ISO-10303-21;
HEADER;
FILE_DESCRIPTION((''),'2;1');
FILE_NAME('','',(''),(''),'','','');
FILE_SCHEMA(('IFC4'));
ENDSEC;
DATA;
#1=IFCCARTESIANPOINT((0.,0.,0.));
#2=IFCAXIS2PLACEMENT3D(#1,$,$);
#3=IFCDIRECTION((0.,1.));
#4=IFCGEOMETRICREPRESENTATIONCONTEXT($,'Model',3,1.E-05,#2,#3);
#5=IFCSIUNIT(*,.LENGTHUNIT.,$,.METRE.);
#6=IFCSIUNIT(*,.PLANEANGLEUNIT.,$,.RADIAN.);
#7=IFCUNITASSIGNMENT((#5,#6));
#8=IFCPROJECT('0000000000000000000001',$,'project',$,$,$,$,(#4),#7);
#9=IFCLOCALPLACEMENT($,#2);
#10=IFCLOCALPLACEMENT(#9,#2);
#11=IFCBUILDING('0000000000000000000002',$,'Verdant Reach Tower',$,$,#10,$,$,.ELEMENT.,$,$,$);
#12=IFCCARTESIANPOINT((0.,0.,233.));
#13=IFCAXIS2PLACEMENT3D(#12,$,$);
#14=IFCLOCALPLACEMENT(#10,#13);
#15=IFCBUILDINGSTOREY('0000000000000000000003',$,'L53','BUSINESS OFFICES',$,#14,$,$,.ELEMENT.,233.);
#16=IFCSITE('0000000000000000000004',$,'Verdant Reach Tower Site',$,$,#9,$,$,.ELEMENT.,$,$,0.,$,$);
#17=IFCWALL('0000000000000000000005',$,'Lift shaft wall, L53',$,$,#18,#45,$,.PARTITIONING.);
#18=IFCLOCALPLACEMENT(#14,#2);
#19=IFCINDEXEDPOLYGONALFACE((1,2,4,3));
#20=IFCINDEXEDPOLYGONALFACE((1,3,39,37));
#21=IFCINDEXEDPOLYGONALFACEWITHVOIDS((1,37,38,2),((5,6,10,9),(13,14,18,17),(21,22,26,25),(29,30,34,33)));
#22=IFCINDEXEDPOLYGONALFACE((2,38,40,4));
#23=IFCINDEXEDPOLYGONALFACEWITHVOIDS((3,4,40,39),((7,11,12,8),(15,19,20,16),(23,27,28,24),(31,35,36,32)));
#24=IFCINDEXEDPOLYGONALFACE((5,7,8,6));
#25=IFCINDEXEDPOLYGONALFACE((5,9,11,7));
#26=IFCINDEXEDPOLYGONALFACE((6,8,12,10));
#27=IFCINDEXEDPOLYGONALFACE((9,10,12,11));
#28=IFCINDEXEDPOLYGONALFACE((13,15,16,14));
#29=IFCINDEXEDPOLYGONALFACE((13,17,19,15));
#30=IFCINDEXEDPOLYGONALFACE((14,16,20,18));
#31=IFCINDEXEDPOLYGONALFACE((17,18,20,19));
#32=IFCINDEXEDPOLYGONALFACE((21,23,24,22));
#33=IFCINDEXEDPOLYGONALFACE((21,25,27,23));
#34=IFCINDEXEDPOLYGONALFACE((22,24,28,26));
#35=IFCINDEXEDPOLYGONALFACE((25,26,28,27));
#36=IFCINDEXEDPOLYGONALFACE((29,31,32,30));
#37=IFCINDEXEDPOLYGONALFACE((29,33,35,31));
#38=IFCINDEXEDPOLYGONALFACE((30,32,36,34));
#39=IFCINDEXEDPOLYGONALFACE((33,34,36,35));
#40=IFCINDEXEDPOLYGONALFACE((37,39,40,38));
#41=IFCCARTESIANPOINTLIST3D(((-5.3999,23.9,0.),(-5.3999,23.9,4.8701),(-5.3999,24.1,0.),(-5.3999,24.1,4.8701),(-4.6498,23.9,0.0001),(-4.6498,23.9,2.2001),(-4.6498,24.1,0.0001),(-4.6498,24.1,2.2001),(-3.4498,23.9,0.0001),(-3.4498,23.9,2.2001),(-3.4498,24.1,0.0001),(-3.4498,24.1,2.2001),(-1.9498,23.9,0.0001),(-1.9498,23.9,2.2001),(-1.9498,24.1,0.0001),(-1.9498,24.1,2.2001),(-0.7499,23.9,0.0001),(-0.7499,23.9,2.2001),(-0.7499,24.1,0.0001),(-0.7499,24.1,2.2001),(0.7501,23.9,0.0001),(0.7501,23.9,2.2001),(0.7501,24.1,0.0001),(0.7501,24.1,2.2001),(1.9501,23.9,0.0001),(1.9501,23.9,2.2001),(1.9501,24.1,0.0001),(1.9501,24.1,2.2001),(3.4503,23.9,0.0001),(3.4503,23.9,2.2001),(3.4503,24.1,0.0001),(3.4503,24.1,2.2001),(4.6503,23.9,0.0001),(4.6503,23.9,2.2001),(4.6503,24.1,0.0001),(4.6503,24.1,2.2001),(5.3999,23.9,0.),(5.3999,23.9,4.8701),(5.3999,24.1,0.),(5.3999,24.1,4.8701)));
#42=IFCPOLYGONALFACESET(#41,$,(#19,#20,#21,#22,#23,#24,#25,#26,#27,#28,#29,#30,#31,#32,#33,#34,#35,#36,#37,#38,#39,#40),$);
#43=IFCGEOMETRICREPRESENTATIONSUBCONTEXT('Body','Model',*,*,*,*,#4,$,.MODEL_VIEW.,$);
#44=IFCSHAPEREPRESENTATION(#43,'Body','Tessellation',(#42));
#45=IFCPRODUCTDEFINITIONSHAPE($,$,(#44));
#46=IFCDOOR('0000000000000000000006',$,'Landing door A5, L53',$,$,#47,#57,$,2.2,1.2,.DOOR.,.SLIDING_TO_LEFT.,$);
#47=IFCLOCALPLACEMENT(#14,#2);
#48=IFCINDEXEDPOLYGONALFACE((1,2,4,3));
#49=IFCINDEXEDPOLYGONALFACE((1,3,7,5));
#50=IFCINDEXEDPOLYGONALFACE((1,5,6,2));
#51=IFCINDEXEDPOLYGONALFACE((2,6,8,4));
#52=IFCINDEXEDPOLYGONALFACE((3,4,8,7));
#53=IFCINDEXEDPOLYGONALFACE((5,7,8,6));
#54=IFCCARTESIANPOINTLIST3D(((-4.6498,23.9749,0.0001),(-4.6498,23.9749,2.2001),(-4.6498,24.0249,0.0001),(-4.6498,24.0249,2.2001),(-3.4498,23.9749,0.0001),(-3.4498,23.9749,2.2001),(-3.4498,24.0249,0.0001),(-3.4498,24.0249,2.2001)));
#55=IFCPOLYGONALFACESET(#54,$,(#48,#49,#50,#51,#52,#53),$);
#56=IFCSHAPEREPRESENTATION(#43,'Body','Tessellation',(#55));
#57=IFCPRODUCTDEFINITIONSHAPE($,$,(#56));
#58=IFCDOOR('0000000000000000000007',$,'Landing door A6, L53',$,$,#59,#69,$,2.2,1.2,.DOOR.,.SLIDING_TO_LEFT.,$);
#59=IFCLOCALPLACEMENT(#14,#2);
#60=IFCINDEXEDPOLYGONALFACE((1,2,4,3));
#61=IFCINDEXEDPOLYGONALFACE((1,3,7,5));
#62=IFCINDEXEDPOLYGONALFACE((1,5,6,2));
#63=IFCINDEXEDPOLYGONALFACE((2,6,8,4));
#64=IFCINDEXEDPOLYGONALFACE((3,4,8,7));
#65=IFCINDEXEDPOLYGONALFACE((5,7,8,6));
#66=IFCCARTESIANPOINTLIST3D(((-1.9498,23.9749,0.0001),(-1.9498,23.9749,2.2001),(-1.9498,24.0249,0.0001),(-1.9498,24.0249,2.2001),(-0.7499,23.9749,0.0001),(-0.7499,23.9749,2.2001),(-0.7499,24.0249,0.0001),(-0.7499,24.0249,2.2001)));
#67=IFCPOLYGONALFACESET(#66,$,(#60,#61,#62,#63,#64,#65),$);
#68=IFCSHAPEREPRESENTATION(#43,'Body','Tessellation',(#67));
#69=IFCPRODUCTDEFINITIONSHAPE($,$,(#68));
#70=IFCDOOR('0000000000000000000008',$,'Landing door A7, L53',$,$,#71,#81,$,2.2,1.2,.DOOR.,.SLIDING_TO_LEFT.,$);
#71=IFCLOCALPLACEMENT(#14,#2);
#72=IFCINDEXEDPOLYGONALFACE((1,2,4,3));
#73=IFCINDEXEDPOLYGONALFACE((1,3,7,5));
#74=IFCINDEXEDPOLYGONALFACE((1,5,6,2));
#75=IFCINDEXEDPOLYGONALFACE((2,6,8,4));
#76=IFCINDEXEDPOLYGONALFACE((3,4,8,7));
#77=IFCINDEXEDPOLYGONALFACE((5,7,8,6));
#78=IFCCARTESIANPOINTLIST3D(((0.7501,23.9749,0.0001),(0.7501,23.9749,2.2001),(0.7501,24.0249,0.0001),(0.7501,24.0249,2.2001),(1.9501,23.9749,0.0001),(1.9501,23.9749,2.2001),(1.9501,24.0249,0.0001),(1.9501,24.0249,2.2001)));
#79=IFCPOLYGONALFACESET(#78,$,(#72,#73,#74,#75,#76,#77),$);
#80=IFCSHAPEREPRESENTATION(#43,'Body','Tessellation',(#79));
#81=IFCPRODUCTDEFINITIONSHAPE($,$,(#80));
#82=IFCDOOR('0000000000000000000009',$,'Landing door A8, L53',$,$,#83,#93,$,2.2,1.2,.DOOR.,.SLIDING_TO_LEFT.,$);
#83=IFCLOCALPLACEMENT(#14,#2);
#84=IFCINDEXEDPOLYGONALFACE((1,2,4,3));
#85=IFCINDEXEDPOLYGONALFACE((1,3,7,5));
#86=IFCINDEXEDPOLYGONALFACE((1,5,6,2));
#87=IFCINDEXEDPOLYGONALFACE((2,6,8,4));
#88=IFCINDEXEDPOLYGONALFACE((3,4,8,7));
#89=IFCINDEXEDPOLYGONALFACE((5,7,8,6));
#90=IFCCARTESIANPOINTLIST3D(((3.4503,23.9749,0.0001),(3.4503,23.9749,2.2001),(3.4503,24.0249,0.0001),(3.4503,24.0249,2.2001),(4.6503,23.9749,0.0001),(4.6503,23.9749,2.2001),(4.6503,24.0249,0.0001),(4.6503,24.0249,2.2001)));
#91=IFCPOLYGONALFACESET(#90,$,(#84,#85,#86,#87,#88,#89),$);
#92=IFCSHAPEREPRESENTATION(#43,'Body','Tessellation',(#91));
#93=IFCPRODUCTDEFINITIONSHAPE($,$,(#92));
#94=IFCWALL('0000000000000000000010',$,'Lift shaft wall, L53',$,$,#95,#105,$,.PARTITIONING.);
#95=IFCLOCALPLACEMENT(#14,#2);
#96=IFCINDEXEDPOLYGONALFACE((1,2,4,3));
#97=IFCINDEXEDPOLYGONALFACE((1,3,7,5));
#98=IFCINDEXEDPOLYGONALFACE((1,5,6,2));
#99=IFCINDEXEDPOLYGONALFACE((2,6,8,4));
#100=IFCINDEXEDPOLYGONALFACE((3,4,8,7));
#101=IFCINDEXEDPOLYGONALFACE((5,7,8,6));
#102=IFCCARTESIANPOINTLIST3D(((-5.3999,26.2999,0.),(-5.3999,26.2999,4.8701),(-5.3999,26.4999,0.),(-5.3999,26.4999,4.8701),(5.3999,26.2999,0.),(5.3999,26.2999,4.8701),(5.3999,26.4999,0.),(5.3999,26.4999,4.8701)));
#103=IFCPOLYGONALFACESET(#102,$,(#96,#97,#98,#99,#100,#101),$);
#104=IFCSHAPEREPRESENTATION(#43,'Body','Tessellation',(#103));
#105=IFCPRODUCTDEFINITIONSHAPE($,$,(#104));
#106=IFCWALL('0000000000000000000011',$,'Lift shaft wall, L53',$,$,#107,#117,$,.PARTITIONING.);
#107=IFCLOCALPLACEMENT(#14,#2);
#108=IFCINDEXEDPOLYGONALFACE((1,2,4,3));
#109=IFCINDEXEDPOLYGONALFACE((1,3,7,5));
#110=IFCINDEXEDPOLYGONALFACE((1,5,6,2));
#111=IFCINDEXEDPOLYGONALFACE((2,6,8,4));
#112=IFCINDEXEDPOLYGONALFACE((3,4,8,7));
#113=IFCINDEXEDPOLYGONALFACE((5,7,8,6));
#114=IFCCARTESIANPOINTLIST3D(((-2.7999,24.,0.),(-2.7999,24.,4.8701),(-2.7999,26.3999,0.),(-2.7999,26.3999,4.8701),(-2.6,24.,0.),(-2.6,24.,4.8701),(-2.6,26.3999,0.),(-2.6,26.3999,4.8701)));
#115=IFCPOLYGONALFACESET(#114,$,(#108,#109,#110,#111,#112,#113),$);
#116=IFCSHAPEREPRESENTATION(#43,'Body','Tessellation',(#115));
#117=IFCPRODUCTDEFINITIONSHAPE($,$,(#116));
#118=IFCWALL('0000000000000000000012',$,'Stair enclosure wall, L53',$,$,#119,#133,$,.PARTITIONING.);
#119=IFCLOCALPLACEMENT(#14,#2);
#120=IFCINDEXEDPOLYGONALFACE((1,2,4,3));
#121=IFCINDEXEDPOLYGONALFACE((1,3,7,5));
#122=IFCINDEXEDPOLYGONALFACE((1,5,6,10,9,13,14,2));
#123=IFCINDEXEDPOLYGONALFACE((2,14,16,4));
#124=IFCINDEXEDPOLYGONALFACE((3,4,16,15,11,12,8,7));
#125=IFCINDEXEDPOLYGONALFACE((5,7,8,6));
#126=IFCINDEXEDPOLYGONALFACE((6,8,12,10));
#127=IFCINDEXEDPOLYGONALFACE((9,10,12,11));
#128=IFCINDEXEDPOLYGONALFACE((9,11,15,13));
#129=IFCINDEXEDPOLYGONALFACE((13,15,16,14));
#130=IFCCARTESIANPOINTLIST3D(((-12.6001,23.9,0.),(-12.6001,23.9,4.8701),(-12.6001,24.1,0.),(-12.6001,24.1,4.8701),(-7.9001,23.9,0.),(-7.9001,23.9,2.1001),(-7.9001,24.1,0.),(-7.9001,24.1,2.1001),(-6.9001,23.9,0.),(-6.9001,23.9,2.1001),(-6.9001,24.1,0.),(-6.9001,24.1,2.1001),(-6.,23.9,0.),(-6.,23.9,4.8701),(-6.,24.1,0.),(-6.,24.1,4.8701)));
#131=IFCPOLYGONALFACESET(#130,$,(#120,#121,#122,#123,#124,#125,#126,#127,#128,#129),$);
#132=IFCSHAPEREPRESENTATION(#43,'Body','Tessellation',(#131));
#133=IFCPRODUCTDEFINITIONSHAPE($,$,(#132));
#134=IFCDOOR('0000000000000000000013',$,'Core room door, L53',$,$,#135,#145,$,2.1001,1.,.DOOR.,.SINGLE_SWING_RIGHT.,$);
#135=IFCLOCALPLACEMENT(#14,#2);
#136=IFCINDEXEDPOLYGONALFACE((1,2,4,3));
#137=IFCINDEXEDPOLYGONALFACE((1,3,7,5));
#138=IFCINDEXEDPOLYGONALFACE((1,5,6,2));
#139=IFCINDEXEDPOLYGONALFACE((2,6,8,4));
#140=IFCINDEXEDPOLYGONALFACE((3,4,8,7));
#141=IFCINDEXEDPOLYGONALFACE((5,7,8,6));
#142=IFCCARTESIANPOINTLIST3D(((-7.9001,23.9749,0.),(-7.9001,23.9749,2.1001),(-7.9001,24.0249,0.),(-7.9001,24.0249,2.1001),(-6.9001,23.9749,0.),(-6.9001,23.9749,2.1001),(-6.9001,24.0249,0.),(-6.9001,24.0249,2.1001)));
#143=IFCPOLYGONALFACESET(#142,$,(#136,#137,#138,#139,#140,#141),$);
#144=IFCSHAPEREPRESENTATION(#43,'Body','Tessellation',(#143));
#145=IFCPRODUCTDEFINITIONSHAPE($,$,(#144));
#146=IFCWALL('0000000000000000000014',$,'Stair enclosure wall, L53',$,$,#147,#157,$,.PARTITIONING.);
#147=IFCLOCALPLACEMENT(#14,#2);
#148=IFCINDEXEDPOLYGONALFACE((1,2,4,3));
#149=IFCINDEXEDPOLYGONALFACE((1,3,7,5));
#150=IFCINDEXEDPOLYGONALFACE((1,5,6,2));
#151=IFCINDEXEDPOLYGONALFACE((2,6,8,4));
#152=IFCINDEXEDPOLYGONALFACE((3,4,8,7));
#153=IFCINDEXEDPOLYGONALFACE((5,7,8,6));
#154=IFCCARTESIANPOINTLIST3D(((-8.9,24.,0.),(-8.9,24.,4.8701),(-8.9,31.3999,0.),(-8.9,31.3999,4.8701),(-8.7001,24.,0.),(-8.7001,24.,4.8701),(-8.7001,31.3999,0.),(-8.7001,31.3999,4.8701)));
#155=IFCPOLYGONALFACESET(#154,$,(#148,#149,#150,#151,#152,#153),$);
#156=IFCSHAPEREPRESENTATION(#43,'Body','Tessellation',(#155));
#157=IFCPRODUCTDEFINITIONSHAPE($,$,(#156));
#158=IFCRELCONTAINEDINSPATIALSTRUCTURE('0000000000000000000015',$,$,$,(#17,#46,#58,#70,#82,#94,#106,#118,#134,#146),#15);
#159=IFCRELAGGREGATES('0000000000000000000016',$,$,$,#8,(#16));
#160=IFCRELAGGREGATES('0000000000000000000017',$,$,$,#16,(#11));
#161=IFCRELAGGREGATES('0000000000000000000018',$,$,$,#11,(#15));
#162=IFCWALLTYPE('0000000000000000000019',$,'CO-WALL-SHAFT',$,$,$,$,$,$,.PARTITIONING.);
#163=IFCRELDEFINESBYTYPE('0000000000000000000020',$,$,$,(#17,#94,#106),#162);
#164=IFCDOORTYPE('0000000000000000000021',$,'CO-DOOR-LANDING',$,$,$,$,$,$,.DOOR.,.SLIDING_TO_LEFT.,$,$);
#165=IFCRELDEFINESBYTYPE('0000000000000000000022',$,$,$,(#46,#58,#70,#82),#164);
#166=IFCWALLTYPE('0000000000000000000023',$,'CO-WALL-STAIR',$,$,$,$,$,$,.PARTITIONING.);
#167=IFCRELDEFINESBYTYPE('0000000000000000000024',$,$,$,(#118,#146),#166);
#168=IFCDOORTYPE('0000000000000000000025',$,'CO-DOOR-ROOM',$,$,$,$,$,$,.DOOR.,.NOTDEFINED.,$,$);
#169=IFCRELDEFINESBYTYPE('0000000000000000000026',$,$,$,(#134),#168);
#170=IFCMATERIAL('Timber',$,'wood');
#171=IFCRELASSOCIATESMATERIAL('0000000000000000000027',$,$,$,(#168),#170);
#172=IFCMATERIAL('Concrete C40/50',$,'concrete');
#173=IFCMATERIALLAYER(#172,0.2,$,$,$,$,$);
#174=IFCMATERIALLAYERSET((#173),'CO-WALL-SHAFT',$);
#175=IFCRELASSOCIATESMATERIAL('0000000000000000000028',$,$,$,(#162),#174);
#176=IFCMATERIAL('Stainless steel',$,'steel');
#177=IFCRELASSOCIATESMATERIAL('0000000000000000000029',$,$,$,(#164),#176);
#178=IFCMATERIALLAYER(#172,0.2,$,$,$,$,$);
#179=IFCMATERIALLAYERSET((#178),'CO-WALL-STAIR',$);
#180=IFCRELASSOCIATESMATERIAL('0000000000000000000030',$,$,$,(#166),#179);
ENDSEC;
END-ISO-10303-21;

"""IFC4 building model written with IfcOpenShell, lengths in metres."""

from ifc_helpers import new_model, si_unit, direction, frame, frame_2d, origin, place, context, subcontext, project, spatial, rectangle, extrude, material, layer, layer_set, type_object, element, fill, save


model = new_model("IFC4")

# Units and contexts
model_context = context("Model", 3, precision=1e-05, world=origin(), true_north=direction((0.0, 1.0)))
body_context = subcontext(model_context, "Body", "Model", "MODEL_VIEW")
ifc_project = project(units=[si_unit("LENGTHUNIT", "METRE"), si_unit("PLANEANGLEUNIT", "RADIAN")], contexts=[model_context])

# Site, building, storey
site_placement = place(None, origin())
site = spatial("IfcSite", under=ifc_project, at=site_placement, Name="Verdant Reach Tower Site", CompositionType="ELEMENT", RefElevation=0.0)
building_placement = place(site_placement, origin())
building = spatial("IfcBuilding", under=site, at=building_placement, Name="Verdant Reach Tower", CompositionType="ELEMENT")
storey_placement = place(building_placement, frame((0.0, 0.0, 233.0)))
storey = spatial("IfcBuildingStorey", under=building, at=storey_placement, Name="L53", Description="BUSINESS OFFICES", CompositionType="ELEMENT", Elevation=233.0)

# Shared definitions
ifc_material_1 = material(Name="Timber", Category="wood")
door_type_1 = type_object("IfcDoorType", Name="CO-DOOR-ROOM", OperationType="NOTDEFINED", PredefinedType="DOOR", material=ifc_material_1)

# Wall, openings, doors
ifc_material_2 = material(Name="Concrete C40/50", Category="concrete")
ifc_layer_1 = layer(ifc_material_2, 0.2)
ifc_layer_set_1 = layer_set([ifc_layer_1], Name="CO-WALL-SHAFT")
wall_type_1 = type_object("IfcWallType", Name="CO-WALL-SHAFT", PredefinedType="PARTITIONING", material=ifc_layer_set_1)
ifc_material_3 = material(Name="Stainless steel", Category="steel")
door_type_2 = type_object("IfcDoorType", Name="CO-DOOR-LANDING", OperationType="SLIDING_TO_LEFT", PredefinedType="DOOR", material=ifc_material_3)
wall_1_placement = place(storey_placement, frame((-5.3999, 24.0, 0.0), z_axis=(0.0, 0.0, 1.0), x_axis=(1.0, 0.0, 0.0)))
wall_1 = element("IfcWall", 1, at=wall_1_placement, inside=storey, type_object=wall_type_1, Name="Lift shaft wall, L53", PredefinedType="PARTITIONING", context=body_context, shape_type="SweptSolid", body=[
    extrude(rectangle(XDim=10.7998, YDim=0.2, at=frame_2d((5.3999, 0.0))), origin(), (0.0, 0.0, 1.0), 4.8701),
])
opening_1_placement = place(wall_1_placement, frame((0.75, 0.0, 0.0)))
opening_1 = element("IfcOpeningElement", 2, at=opening_1_placement, cuts=wall_1, PredefinedType="OPENING", context=body_context, shape_type="SweptSolid", body=[
    extrude(rectangle(XDim=1.2, YDim=2.2, at=frame_2d((0.6001, 1.1001))), frame((0.0, 0.1099, 0.0), z_axis=(0.0, -1.0, 0.0), x_axis=(1.0, 0.0, 0.0)), (0.0, 0.0, 1.0), 0.22),
])
opening_2_placement = place(wall_1_placement, frame((3.45, 0.0, 0.0)))
opening_2 = element("IfcOpeningElement", 3, at=opening_2_placement, cuts=wall_1, PredefinedType="OPENING", context=body_context, shape_type="SweptSolid", body=[
    extrude(rectangle(XDim=1.2, YDim=2.2, at=frame_2d((0.6001, 1.1001))), frame((0.0, 0.1099, 0.0), z_axis=(0.0, -1.0, 0.0), x_axis=(1.0, 0.0, 0.0)), (0.0, 0.0, 1.0), 0.22),
])
opening_3_placement = place(wall_1_placement, frame((6.1499, 0.0, 0.0)))
opening_3 = element("IfcOpeningElement", 4, at=opening_3_placement, cuts=wall_1, PredefinedType="OPENING", context=body_context, shape_type="SweptSolid", body=[
    extrude(rectangle(XDim=1.2, YDim=2.2, at=frame_2d((0.6001, 1.1001))), frame((0.0, 0.1099, 0.0), z_axis=(0.0, -1.0, 0.0), x_axis=(1.0, 0.0, 0.0)), (0.0, 0.0, 1.0), 0.22),
])
opening_4_placement = place(wall_1_placement, frame((8.8501, 0.0, 0.0)))
opening_4 = element("IfcOpeningElement", 5, at=opening_4_placement, cuts=wall_1, PredefinedType="OPENING", context=body_context, shape_type="SweptSolid", body=[
    extrude(rectangle(XDim=1.2, YDim=2.2, at=frame_2d((0.6001, 1.1001))), frame((0.0, 0.1099, 0.0), z_axis=(0.0, -1.0, 0.0), x_axis=(1.0, 0.0, 0.0)), (0.0, 0.0, 1.0), 0.22),
])
door_1_placement = place(opening_1_placement, origin())
door_1 = element("IfcDoor", 6, at=door_1_placement, inside=storey, type_object=door_type_2, Name="Landing door A5, L53", OperationType="SLIDING_TO_LEFT", OverallHeight=2.2, OverallWidth=1.2, PredefinedType="DOOR", context=body_context, shape_type="SweptSolid", body=[
    extrude(rectangle(XDim=1.2, YDim=2.2, at=frame_2d((0.6001, 1.1001))), frame((0.0, 0.0249, 0.0), z_axis=(0.0, -1.0, 0.0), x_axis=(1.0, 0.0, 0.0)), (0.0, 0.0, 1.0), 0.05),
])
fill(opening_1, door_1)
door_2_placement = place(opening_2_placement, origin())
door_2 = element("IfcDoor", 7, at=door_2_placement, inside=storey, type_object=door_type_2, Name="Landing door A6, L53", OperationType="SLIDING_TO_LEFT", OverallHeight=2.2, OverallWidth=1.2, PredefinedType="DOOR", context=body_context, shape_type="SweptSolid", body=[
    extrude(rectangle(XDim=1.2, YDim=2.2, at=frame_2d((0.6001, 1.1001))), frame((0.0, 0.0249, 0.0), z_axis=(0.0, -1.0, 0.0), x_axis=(1.0, 0.0, 0.0)), (0.0, 0.0, 1.0), 0.05),
])
fill(opening_2, door_2)
door_3_placement = place(opening_3_placement, origin())
door_3 = element("IfcDoor", 8, at=door_3_placement, inside=storey, type_object=door_type_2, Name="Landing door A7, L53", OperationType="SLIDING_TO_LEFT", OverallHeight=2.2, OverallWidth=1.2, PredefinedType="DOOR", context=body_context, shape_type="SweptSolid", body=[
    extrude(rectangle(XDim=1.2, YDim=2.2, at=frame_2d((0.6001, 1.1001))), frame((0.0, 0.0249, 0.0), z_axis=(0.0, -1.0, 0.0), x_axis=(1.0, 0.0, 0.0)), (0.0, 0.0, 1.0), 0.05),
])
fill(opening_3, door_3)
door_4_placement = place(opening_4_placement, origin())
door_4 = element("IfcDoor", 9, at=door_4_placement, inside=storey, type_object=door_type_2, Name="Landing door A8, L53", OperationType="SLIDING_TO_LEFT", OverallHeight=2.2, OverallWidth=1.2, PredefinedType="DOOR", context=body_context, shape_type="SweptSolid", body=[
    extrude(rectangle(XDim=1.2, YDim=2.2, at=frame_2d((0.6001, 1.1001))), frame((0.0, 0.0249, 0.0), z_axis=(0.0, -1.0, 0.0), x_axis=(1.0, 0.0, 0.0)), (0.0, 0.0, 1.0), 0.05),
])
fill(opening_4, door_4)

# Walls
wall_2_placement = place(storey_placement, frame((-5.3999, 26.3999, 0.0), z_axis=(0.0, 0.0, 1.0), x_axis=(1.0, 0.0, 0.0)))
element("IfcWall", 10, at=wall_2_placement, inside=storey, type_object=wall_type_1, Name="Lift shaft wall, L53", PredefinedType="PARTITIONING", context=body_context, shape_type="SweptSolid", body=[
    extrude(rectangle(XDim=10.7998, YDim=0.2, at=frame_2d((5.3999, 0.0))), origin(), (0.0, 0.0, 1.0), 4.8701),
])
wall_3_placement = place(storey_placement, frame((-2.7, 24.0, 0.0), z_axis=(0.0, 0.0, 1.0), x_axis=(0.0, 1.0, 0.0)))
element("IfcWall", 11, at=wall_3_placement, inside=storey, type_object=wall_type_1, Name="Lift shaft wall, L53", PredefinedType="PARTITIONING", context=body_context, shape_type="SweptSolid", body=[
    extrude(rectangle(XDim=2.3999, YDim=0.2, at=frame_2d((1.2, 0.0))), origin(), (0.0, 0.0, 1.0), 4.8701),
])

# Wall, opening, door
ifc_layer_2 = layer(ifc_material_2, 0.2)
ifc_layer_set_2 = layer_set([ifc_layer_2], Name="CO-WALL-STAIR")
wall_type_2 = type_object("IfcWallType", Name="CO-WALL-STAIR", PredefinedType="PARTITIONING", material=ifc_layer_set_2)
wall_4_placement = place(storey_placement, frame((-12.6001, 24.0, 0.0), z_axis=(0.0, 0.0, 1.0), x_axis=(1.0, 0.0, 0.0)))
wall_4 = element("IfcWall", 12, at=wall_4_placement, inside=storey, type_object=wall_type_2, Name="Stair enclosure wall, L53", PredefinedType="PARTITIONING", context=body_context, shape_type="SweptSolid", body=[
    extrude(rectangle(XDim=6.6001, YDim=0.2, at=frame_2d((3.3, 0.0))), origin(), (0.0, 0.0, 1.0), 4.8701),
])
opening_5_placement = place(wall_4_placement, frame((4.7, 0.0, 0.0)))
opening_5 = element("IfcOpeningElement", 13, at=opening_5_placement, cuts=wall_4, PredefinedType="OPENING", context=body_context, shape_type="SweptSolid", body=[
    extrude(rectangle(XDim=1.0, YDim=2.1001, at=frame_2d((0.5, 1.05))), frame((0.0, 0.1099, 0.0), z_axis=(0.0, -1.0, 0.0), x_axis=(1.0, 0.0, 0.0)), (0.0, 0.0, 1.0), 0.22),
])
door_5_placement = place(opening_5_placement, origin())
door_5 = element("IfcDoor", 14, at=door_5_placement, inside=storey, type_object=door_type_1, Name="Core room door, L53", OperationType="SINGLE_SWING_RIGHT", OverallHeight=2.1001, OverallWidth=1.0, PredefinedType="DOOR", context=body_context, shape_type="SweptSolid", body=[
    extrude(rectangle(XDim=1.0, YDim=2.1001, at=frame_2d((0.5, 1.05))), frame((0.0, 0.0249, 0.0), z_axis=(0.0, -1.0, 0.0), x_axis=(1.0, 0.0, 0.0)), (0.0, 0.0, 1.0), 0.05),
])
fill(opening_5, door_5)

# Wall
wall_5_placement = place(storey_placement, frame((-8.8, 24.0, 0.0), z_axis=(0.0, 0.0, 1.0), x_axis=(0.0, 1.0, 0.0)))
element("IfcWall", 15, at=wall_5_placement, inside=storey, type_object=wall_type_2, Name="Stair enclosure wall, L53", PredefinedType="PARTITIONING", context=body_context, shape_type="SweptSolid", body=[
    extrude(rectangle(XDim=7.3999, YDim=0.2, at=frame_2d((3.7, 0.0))), origin(), (0.0, 0.0, 1.0), 4.8701),
])

save(model, "model.ifc")
